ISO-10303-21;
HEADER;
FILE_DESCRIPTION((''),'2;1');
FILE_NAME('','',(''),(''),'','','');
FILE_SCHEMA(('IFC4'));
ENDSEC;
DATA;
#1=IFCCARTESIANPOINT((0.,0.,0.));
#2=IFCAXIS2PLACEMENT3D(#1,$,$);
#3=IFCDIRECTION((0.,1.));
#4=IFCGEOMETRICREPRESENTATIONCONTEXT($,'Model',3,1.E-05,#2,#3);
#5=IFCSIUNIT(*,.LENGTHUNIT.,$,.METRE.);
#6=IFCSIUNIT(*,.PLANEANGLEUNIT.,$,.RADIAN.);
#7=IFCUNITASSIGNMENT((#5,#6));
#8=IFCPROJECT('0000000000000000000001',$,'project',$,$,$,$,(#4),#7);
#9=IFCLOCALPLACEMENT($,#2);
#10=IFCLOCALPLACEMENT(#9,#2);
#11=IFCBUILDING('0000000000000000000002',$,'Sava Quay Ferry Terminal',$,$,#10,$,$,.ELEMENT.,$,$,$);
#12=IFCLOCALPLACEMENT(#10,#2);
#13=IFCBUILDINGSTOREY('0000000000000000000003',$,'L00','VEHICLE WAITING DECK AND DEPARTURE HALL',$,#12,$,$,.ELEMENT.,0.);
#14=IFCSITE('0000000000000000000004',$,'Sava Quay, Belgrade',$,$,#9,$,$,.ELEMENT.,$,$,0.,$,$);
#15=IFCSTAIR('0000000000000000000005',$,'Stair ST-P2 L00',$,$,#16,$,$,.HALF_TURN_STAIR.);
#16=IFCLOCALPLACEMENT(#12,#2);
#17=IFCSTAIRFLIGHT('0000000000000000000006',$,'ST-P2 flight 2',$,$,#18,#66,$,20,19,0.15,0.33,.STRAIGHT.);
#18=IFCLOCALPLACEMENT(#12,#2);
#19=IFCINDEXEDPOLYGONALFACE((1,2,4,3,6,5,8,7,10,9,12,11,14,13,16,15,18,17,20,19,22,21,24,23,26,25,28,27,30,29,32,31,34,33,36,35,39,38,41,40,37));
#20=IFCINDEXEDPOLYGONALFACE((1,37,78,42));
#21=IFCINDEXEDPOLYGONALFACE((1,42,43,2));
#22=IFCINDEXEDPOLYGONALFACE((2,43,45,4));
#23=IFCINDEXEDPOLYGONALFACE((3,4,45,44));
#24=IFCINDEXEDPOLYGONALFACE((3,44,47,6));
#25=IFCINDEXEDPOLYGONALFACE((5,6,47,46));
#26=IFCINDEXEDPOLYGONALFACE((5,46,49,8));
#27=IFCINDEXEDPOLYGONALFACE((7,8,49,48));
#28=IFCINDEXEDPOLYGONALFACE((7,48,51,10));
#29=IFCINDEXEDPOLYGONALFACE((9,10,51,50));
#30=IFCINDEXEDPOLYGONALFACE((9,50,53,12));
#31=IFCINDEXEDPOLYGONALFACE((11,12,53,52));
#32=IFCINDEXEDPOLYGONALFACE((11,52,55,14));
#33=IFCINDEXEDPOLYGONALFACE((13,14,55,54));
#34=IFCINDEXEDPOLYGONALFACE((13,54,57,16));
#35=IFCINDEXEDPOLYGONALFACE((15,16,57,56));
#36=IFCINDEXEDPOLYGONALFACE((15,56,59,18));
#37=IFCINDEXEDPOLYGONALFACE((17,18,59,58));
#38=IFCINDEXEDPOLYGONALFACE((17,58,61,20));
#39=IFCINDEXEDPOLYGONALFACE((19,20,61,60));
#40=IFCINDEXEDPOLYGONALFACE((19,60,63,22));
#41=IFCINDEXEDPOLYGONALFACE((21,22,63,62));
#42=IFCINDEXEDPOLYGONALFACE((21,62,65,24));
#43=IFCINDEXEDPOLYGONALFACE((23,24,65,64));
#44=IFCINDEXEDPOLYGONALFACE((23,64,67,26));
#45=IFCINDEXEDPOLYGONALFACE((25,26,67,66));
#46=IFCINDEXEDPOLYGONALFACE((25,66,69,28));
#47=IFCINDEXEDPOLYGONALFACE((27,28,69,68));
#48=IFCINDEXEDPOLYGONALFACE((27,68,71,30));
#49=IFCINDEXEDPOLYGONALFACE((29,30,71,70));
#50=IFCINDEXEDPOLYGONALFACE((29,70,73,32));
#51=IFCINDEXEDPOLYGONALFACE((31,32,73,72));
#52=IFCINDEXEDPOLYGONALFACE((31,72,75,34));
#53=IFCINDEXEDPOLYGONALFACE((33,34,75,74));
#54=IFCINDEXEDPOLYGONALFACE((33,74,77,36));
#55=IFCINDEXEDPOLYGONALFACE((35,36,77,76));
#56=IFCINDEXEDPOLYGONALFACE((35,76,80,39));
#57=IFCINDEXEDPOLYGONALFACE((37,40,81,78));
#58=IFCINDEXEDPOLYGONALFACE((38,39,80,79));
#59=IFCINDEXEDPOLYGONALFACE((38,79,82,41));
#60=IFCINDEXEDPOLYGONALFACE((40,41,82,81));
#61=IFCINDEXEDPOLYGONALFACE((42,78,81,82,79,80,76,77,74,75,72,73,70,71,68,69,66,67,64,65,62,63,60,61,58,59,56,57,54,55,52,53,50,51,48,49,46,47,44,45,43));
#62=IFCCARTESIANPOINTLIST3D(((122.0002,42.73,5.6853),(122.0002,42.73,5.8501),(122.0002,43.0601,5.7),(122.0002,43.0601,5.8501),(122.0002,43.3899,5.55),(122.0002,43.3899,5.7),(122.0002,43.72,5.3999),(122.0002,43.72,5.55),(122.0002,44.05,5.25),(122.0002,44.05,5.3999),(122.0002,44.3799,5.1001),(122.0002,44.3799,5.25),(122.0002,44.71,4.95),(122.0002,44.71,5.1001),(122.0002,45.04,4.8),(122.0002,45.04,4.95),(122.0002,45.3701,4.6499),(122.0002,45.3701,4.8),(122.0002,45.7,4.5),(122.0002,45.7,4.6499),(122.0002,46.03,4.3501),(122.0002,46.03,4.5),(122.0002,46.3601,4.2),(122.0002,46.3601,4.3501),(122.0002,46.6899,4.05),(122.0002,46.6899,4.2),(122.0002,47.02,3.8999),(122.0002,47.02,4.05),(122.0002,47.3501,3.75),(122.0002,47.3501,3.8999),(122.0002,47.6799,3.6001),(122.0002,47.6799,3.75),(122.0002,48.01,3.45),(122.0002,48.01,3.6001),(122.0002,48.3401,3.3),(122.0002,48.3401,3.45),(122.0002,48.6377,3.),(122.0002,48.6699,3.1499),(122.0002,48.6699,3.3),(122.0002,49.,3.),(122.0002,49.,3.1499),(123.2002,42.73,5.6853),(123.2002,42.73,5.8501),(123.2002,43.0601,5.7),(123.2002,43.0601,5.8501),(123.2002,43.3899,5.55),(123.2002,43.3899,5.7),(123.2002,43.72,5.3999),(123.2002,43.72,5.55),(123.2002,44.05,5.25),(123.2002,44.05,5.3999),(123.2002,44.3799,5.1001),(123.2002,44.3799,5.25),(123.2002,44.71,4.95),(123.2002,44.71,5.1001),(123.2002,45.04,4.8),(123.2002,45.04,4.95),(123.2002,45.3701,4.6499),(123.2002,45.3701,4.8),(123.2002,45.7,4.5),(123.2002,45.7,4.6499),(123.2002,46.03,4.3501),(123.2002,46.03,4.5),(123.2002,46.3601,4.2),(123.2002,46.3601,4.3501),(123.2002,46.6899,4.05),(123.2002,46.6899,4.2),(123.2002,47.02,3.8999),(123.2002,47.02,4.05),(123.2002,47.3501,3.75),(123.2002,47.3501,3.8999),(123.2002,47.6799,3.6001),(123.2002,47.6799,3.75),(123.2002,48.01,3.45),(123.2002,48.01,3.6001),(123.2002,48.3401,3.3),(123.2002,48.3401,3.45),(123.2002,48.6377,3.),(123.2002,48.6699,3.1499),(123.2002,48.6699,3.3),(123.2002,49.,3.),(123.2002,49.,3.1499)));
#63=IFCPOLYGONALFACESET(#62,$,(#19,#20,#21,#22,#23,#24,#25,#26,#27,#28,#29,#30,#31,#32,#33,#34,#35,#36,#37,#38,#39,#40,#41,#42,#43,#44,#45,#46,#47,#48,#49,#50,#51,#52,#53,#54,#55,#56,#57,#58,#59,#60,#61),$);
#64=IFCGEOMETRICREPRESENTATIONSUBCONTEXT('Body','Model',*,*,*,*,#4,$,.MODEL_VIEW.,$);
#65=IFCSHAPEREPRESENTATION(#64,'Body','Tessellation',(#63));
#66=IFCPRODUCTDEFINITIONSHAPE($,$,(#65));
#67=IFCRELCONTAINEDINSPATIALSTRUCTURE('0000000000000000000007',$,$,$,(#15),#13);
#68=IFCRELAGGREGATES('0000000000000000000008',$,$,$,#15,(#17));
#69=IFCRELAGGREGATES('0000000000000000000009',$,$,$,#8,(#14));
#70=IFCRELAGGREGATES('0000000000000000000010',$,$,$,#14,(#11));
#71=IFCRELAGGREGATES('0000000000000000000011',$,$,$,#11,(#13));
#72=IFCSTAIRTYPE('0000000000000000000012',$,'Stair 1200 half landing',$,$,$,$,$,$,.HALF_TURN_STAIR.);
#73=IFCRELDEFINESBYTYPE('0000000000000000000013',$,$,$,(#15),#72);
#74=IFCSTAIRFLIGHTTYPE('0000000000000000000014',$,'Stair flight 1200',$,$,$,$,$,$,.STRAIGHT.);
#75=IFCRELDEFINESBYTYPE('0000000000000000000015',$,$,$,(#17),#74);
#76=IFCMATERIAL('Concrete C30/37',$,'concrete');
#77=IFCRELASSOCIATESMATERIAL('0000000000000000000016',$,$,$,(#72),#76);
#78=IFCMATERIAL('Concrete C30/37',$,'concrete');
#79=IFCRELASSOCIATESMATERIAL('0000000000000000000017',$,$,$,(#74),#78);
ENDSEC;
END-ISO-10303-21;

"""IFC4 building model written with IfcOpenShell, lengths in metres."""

from ifc_helpers import new_model, si_unit, direction, frame, origin, place, context, subcontext, project, spatial, polyline, outline, extrude, material, type_object, element, aggregate, save


model = new_model("IFC4")

# Units and contexts
model_context = context("Model", 3, precision=1e-05, world=origin(), true_north=direction((0.0, 1.0)))
body_context = subcontext(model_context, "Body", "Model", "MODEL_VIEW")
ifc_project = project(units=[si_unit("LENGTHUNIT", "METRE"), si_unit("PLANEANGLEUNIT", "RADIAN")], contexts=[model_context])

# Site, building, storey
site_placement = place(None, origin())
site = spatial("IfcSite", under=ifc_project, at=site_placement, Name="Sava Quay, Belgrade", CompositionType="ELEMENT", RefElevation=0.0)
building_placement = place(site_placement, origin())
building = spatial("IfcBuilding", under=site, at=building_placement, Name="Sava Quay Ferry Terminal", CompositionType="ELEMENT")
storey_placement = place(building_placement, origin())
storey = spatial("IfcBuildingStorey", under=building, at=storey_placement, Name="L00", Description="VEHICLE WAITING DECK AND DEPARTURE HALL", CompositionType="ELEMENT", Elevation=0.0)

# Stair, stair flight
ifc_material_1 = material(Name="Concrete C30/37", Category="concrete")
stair_type = type_object("IfcStairType", Name="Stair 1200 half landing", PredefinedType="HALF_TURN_STAIR", material=ifc_material_1)
stair_placement = place(storey_placement, origin())
stair = element("IfcStair", 1, at=stair_placement, inside=storey, type_object=stair_type, Name="Stair ST-P2 L00", PredefinedType="HALF_TURN_STAIR")
ifc_material_2 = material(Name="Concrete C30/37", Category="concrete")
stair_flight_type = type_object("IfcStairFlightType", Name="Stair flight 1200", PredefinedType="STRAIGHT", material=ifc_material_2)
stair_flight_1_placement = place(storey_placement, frame((122.6001, 49.0, 3.0), z_axis=(0.0, 0.0, 1.0), x_axis=(0.0, -1.0, 0.0)))
stair_flight_1 = element("IfcStairFlight", 2, at=stair_flight_1_placement, type_object=stair_flight_type, Name="ST-P2 flight 2", NumberOfRisers=20, NumberOfTreads=19, PredefinedType="STRAIGHT", RiserHeight=0.15, TreadLength=0.33, context=body_context, shape_type="SweptSolid", body=[
    extrude(outline(polyline([(0.0, 0.0), (0.0, 0.1499), (0.3301, 0.1499), (0.3301, 0.3), (0.6599, 0.3), (0.6599, 0.45), (0.99, 0.45), (0.99, 0.6001), (1.3201, 0.6001), (1.3201, 0.75), (1.6499, 0.75), (1.6499, 0.8999), (1.98, 0.8999), (1.98, 1.05), (2.3101, 1.05), (2.3101, 1.2), (2.6399, 1.2), (2.6399, 1.3501), (2.97, 1.3501), (2.97, 1.5), (3.3, 1.5), (3.3, 1.6499), (3.6299, 1.6499), (3.6299, 1.8), (3.96, 1.8), (3.96, 1.95), (4.29, 1.95), (4.29, 2.1001), (4.6201, 2.1001), (4.6201, 2.25), (4.95, 2.25), (4.95, 2.3999), (5.28, 2.3999), (5.28, 2.55), (5.6101, 2.55), (5.6101, 2.7), (5.9399, 2.7), (5.9399, 2.8501), (6.27, 2.8501), (6.27, 3.0), (6.27, 2.6853), (0.3623, 0.0), (0.0, 0.0)])), frame((0.0, 0.6001, 0.0), z_axis=(0.0, -1.0, 0.0), x_axis=(1.0, 0.0, 0.0)), (0.0, 0.0, 1.0), 1.2),
])
aggregate(stair, [stair_flight_1])

save(model, "model.ifc")
